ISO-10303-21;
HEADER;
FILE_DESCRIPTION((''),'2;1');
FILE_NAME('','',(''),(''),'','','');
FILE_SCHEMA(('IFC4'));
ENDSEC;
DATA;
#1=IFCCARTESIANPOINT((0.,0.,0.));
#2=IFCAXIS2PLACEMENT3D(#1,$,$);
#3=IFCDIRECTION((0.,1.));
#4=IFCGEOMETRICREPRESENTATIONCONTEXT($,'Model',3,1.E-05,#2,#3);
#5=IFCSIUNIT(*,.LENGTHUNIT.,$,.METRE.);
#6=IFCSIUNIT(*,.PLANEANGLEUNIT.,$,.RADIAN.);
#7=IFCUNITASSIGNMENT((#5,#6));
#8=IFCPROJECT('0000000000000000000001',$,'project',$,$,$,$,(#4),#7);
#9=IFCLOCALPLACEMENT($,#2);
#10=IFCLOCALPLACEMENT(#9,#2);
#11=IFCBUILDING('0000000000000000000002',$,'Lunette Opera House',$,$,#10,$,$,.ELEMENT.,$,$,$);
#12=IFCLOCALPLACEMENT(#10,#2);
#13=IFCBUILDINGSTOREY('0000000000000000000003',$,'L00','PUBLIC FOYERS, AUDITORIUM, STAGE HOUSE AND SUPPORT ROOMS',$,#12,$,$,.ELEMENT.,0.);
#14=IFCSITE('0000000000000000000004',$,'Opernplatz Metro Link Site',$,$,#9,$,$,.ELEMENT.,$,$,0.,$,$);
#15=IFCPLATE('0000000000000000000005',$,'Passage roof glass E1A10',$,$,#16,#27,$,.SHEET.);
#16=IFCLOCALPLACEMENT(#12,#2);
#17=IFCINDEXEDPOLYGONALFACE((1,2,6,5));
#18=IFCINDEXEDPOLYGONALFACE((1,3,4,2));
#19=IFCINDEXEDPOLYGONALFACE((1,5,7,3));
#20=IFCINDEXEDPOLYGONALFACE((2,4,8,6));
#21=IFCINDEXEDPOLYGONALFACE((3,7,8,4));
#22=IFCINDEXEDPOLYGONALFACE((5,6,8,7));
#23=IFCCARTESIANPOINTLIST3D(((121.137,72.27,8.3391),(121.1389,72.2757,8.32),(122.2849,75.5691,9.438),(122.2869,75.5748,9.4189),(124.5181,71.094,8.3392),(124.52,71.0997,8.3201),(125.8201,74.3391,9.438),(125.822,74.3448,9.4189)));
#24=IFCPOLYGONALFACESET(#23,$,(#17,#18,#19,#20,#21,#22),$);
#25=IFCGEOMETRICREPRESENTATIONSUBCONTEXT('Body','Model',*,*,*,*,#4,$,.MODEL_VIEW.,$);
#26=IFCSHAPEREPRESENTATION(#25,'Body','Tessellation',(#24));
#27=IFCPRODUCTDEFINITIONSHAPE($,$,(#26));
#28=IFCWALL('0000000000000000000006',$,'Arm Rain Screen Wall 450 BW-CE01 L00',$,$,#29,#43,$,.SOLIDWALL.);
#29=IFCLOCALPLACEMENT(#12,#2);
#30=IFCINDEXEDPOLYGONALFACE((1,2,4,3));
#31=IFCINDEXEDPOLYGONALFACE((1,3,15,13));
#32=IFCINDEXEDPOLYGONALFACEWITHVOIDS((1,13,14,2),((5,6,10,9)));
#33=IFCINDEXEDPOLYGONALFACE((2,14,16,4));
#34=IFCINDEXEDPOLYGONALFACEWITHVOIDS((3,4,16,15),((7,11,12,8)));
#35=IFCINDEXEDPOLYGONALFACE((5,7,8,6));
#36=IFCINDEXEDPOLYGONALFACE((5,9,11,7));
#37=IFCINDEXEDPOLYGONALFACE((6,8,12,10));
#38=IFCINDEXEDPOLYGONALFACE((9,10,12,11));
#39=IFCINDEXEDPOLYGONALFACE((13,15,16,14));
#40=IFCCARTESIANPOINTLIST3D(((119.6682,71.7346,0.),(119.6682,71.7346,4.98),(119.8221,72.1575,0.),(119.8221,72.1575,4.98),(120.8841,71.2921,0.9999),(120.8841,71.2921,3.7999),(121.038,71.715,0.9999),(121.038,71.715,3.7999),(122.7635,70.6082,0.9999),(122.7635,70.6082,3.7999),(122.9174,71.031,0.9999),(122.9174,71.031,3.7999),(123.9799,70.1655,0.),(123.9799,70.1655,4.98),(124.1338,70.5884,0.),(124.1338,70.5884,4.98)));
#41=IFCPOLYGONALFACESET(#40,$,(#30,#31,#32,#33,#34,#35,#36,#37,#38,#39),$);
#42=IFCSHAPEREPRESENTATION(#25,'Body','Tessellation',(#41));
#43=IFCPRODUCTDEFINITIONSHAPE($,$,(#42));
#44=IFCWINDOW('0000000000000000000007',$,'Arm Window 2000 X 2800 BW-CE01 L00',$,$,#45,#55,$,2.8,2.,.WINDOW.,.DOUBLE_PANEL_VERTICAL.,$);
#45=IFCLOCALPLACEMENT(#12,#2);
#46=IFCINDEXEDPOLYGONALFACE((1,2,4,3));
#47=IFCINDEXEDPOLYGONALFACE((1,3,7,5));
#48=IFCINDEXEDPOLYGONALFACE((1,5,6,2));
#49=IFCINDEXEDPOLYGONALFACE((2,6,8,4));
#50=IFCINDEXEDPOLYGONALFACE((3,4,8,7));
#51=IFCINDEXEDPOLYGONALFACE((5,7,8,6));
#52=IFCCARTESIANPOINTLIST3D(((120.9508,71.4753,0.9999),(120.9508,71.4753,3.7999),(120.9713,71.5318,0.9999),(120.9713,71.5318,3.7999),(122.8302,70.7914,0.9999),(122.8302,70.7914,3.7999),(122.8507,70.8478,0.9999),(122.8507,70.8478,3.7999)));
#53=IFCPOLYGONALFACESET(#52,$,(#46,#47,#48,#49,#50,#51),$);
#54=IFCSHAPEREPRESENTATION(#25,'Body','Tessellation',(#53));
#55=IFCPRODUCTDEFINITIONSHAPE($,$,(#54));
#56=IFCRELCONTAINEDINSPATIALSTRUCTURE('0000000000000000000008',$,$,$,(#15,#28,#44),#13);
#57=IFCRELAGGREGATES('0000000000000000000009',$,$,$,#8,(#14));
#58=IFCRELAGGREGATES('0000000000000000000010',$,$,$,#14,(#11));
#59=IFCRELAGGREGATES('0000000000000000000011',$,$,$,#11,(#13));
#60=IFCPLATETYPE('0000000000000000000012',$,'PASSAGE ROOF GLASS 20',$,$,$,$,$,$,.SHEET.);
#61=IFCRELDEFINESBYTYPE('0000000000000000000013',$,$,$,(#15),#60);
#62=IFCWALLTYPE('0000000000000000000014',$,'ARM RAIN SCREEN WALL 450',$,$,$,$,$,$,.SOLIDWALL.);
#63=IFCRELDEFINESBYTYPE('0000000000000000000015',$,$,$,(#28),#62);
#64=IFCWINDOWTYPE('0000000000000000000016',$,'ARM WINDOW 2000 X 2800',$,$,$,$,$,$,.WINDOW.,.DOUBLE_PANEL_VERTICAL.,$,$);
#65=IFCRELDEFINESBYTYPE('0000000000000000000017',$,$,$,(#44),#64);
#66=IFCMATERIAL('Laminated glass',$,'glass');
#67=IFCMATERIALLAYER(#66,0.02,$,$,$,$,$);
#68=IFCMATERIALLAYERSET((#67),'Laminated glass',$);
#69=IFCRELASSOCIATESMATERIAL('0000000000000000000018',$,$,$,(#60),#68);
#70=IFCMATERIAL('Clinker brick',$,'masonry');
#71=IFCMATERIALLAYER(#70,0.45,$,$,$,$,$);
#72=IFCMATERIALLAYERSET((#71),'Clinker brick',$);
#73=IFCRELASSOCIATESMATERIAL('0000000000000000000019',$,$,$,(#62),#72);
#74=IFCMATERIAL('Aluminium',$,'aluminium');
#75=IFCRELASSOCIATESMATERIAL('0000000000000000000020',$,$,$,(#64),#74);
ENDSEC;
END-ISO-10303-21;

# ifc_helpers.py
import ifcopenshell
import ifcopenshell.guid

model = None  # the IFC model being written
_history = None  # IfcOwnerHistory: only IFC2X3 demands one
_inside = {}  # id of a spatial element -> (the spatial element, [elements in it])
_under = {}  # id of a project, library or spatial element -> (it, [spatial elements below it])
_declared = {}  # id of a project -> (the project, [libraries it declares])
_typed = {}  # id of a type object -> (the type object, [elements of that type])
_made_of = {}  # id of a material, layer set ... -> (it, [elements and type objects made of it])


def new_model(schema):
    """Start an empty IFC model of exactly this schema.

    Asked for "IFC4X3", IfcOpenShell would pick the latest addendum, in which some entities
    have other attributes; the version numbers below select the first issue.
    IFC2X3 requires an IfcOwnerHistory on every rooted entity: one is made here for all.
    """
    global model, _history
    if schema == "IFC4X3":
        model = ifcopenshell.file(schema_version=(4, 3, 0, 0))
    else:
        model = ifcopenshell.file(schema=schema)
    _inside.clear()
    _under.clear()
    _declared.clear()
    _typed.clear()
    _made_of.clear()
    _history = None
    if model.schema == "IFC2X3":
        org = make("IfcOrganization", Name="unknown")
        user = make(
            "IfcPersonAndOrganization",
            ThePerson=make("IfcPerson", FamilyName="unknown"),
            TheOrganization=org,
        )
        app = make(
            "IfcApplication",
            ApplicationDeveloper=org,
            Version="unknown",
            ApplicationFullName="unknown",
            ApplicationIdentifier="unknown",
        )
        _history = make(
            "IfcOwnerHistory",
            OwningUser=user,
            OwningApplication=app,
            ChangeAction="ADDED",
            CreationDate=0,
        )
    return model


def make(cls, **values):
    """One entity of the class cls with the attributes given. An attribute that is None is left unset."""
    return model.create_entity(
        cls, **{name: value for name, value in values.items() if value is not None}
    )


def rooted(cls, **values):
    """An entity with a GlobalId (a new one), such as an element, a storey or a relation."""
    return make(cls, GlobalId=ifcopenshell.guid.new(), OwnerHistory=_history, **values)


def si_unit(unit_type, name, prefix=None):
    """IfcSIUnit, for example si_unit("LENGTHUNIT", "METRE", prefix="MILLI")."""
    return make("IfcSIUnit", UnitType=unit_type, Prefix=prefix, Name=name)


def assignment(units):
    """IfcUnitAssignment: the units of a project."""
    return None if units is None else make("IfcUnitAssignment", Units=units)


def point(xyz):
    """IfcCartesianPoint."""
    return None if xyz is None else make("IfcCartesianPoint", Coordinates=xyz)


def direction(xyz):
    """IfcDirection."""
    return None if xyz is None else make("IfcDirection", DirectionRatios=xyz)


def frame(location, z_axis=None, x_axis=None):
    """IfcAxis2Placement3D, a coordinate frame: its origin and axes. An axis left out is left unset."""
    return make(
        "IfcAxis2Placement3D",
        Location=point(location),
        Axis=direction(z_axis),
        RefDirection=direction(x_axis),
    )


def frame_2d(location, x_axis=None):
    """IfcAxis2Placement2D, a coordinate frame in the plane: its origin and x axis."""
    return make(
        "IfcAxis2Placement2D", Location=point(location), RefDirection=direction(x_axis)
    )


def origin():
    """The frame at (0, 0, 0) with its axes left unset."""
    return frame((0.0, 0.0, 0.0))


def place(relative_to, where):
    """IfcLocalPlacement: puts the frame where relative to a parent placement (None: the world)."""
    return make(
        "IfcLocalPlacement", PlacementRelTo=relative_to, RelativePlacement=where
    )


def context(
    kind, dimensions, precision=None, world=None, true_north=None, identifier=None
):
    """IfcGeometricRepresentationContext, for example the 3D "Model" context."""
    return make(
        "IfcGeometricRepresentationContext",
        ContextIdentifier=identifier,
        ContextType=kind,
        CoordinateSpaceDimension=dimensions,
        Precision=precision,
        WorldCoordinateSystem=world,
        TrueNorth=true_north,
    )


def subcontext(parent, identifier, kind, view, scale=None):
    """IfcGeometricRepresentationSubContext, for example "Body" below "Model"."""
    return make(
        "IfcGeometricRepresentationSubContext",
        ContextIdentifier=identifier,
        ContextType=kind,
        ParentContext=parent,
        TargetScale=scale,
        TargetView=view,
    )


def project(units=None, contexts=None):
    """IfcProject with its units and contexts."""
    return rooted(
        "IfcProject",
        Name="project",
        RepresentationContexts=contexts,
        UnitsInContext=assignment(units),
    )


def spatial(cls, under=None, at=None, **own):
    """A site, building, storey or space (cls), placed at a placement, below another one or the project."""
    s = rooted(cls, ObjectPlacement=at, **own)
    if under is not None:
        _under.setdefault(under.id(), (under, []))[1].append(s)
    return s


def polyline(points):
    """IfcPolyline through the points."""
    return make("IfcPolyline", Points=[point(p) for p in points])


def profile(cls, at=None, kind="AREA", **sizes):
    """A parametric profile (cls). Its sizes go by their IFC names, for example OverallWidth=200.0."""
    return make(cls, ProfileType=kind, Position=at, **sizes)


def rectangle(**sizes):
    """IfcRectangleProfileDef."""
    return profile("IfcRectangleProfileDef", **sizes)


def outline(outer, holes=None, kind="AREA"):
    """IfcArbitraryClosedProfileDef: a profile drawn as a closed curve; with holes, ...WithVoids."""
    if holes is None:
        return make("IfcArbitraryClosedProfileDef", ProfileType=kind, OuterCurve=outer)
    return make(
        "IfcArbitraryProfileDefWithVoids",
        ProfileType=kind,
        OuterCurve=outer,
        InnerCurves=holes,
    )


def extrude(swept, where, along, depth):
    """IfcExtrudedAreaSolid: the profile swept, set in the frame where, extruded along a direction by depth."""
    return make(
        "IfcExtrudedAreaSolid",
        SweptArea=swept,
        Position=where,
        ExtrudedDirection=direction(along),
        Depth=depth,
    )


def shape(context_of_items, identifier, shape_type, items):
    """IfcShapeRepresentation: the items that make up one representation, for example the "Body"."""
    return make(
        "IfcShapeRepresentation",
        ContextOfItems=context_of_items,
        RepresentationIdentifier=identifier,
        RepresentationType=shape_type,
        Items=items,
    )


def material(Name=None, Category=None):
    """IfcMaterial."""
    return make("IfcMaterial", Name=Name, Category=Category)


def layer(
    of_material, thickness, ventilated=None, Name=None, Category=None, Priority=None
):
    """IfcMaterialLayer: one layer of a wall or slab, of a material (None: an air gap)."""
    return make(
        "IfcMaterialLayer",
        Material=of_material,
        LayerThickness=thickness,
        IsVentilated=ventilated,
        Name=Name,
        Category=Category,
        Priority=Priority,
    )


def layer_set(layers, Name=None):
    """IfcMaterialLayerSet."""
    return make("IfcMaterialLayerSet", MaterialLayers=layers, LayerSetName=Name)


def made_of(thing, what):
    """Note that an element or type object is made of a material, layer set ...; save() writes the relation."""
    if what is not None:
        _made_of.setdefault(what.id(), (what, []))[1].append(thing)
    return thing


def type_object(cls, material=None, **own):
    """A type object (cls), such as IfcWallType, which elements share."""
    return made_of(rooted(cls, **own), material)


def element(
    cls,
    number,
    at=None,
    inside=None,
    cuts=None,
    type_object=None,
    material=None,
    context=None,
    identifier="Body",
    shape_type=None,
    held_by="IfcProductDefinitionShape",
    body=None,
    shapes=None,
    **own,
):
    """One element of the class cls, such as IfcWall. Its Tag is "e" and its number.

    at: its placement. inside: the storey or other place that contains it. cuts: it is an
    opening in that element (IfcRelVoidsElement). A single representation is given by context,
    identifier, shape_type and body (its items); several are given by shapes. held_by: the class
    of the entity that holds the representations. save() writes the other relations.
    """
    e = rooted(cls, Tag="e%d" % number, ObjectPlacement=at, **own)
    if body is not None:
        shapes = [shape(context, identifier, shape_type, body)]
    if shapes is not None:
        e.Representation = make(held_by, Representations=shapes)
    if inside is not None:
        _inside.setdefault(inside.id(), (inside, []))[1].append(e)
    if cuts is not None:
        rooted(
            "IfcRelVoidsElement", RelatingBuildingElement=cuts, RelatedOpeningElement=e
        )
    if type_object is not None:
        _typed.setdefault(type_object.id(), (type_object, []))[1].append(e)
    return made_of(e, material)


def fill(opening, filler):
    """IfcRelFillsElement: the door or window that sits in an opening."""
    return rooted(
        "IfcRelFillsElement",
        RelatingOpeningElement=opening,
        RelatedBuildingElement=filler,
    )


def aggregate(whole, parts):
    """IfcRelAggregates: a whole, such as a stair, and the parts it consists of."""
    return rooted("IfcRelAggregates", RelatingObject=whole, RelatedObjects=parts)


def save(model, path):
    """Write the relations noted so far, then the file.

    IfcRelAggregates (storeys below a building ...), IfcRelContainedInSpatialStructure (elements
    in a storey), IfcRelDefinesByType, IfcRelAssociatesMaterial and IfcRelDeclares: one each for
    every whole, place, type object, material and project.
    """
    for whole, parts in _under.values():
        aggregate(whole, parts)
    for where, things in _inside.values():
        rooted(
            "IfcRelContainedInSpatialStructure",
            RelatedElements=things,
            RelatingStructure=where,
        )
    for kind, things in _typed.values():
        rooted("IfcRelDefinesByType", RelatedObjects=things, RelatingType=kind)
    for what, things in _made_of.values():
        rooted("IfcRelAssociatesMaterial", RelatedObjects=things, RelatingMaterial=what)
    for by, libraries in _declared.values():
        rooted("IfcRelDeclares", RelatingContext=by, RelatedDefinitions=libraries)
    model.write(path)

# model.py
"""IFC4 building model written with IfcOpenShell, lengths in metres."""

from ifc_helpers import new_model, si_unit, direction, frame, frame_2d, origin, place, context, subcontext, project, spatial, polyline, rectangle, outline, extrude, material, layer, layer_set, type_object, element, fill, save


model = new_model("IFC4")

# Units and contexts
model_context = context("Model", 3, precision=1e-05, world=origin(), true_north=direction((0.0, 1.0)))
body_context = subcontext(model_context, "Body", "Model", "MODEL_VIEW")
ifc_project = project(units=[si_unit("LENGTHUNIT", "METRE"), si_unit("PLANEANGLEUNIT", "RADIAN")], contexts=[model_context])

# Site, building, storey
site_placement = place(None, origin())
site = spatial("IfcSite", under=ifc_project, at=site_placement, Name="Opernplatz Metro Link Site", CompositionType="ELEMENT", RefElevation=0.0)
building_placement = place(site_placement, origin())
building = spatial("IfcBuilding", under=site, at=building_placement, Name="Lunette Opera House", CompositionType="ELEMENT")
storey_placement = place(building_placement, origin())
storey = spatial("IfcBuildingStorey", under=building, at=storey_placement, Name="L00", Description="PUBLIC FOYERS, AUDITORIUM, STAGE HOUSE AND SUPPORT ROOMS", CompositionType="ELEMENT", Elevation=0.0)

# Plate
ifc_material_1 = material(Name="Laminated glass", Category="glass")
ifc_layer_1 = layer(ifc_material_1, 0.02)
ifc_layer_set_1 = layer_set([ifc_layer_1], Name="Laminated glass")
plate_type_1 = type_object("IfcPlateType", Name="PASSAGE ROOF GLASS 20", PredefinedType="SHEET", material=ifc_layer_set_1)
plate_1_placement = place(storey_placement, frame((121.137, 72.27, 8.3391), z_axis=(-0.098602, -0.28344, 0.953907), x_axis=(0.944496, -0.328522, 0.000014)))
element("IfcPlate", 1, at=plate_1_placement, inside=storey, type_object=plate_type_1, Name="Passage roof glass E1A10", PredefinedType="SHEET", context=body_context, shape_type="SweptSolid", body=[
    extrude(outline(polyline([(0.0, 0.0), (3.5798, 0.0), (3.7434, 3.6615), (0.0004, 3.6619), (0.0, 0.0)])), origin(), (0.0, 0.0, -1.0), 0.02),
])

# Wall, opening, window
ifc_material_2 = material(Name="Clinker brick", Category="masonry")
ifc_layer_2 = layer(ifc_material_2, 0.45)
ifc_layer_set_2 = layer_set([ifc_layer_2], Name="Clinker brick")
wall_type = type_object("IfcWallType", Name="ARM RAIN SCREEN WALL 450", PredefinedType="SOLIDWALL", material=ifc_layer_set_2)
wall_placement = place(storey_placement, frame((119.7451, 71.946, 0.0), z_axis=(0.0, 0.0, 1.0), x_axis=(0.939711, -0.341969, 0.0)))
wall = element("IfcWall", 2, at=wall_placement, inside=storey, type_object=wall_type, Name="Arm Rain Screen Wall 450 BW-CE01 L00", PredefinedType="SOLIDWALL", context=body_context, shape_type="SweptSolid", body=[
    extrude(rectangle(XDim=4.5884, YDim=0.45, at=frame_2d((2.2942, 0.0))), origin(), (0.0, 0.0, 1.0), 4.98),
])
opening_placement = place(wall_placement, frame((1.2939, 0.0, 1.0)))
opening = element("IfcOpeningElement", 3, at=opening_placement, cuts=wall, PredefinedType="OPENING", context=body_context, shape_type="SweptSolid", body=[
    extrude(rectangle(XDim=2.0, YDim=2.8, at=frame_2d((1.0, 1.3999))), frame((0.0, 0.2371, 0.0), z_axis=(0.0, -1.0, 0.0), x_axis=(1.0, 0.0, 0.0)), (0.0, 0.0, 1.0), 0.4739),
])
ifc_material_3 = material(Name="Aluminium", Category="aluminium")
window_type = type_object("IfcWindowType", Name="ARM WINDOW 2000 X 2800", PartitioningType="DOUBLE_PANEL_VERTICAL", PredefinedType="WINDOW", material=ifc_material_3)
window_placement = place(opening_placement, origin())
window = element("IfcWindow", 4, at=window_placement, inside=storey, type_object=window_type, Name="Arm Window 2000 X 2800 BW-CE01 L00", OverallHeight=2.8, OverallWidth=2.0, PartitioningType="DOUBLE_PANEL_VERTICAL", PredefinedType="WINDOW", context=body_context, shape_type="SweptSolid", body=[
    extrude(rectangle(XDim=2.0, YDim=2.8, at=frame_2d((1.0, 1.3999))), frame((0.0, 0.03, 0.0), z_axis=(0.0, -1.0, 0.0), x_axis=(1.0, 0.0, 0.0)), (0.0, 0.0, 1.0), 0.0601),
])
fill(opening, window)

save(model, "model.ifc")
